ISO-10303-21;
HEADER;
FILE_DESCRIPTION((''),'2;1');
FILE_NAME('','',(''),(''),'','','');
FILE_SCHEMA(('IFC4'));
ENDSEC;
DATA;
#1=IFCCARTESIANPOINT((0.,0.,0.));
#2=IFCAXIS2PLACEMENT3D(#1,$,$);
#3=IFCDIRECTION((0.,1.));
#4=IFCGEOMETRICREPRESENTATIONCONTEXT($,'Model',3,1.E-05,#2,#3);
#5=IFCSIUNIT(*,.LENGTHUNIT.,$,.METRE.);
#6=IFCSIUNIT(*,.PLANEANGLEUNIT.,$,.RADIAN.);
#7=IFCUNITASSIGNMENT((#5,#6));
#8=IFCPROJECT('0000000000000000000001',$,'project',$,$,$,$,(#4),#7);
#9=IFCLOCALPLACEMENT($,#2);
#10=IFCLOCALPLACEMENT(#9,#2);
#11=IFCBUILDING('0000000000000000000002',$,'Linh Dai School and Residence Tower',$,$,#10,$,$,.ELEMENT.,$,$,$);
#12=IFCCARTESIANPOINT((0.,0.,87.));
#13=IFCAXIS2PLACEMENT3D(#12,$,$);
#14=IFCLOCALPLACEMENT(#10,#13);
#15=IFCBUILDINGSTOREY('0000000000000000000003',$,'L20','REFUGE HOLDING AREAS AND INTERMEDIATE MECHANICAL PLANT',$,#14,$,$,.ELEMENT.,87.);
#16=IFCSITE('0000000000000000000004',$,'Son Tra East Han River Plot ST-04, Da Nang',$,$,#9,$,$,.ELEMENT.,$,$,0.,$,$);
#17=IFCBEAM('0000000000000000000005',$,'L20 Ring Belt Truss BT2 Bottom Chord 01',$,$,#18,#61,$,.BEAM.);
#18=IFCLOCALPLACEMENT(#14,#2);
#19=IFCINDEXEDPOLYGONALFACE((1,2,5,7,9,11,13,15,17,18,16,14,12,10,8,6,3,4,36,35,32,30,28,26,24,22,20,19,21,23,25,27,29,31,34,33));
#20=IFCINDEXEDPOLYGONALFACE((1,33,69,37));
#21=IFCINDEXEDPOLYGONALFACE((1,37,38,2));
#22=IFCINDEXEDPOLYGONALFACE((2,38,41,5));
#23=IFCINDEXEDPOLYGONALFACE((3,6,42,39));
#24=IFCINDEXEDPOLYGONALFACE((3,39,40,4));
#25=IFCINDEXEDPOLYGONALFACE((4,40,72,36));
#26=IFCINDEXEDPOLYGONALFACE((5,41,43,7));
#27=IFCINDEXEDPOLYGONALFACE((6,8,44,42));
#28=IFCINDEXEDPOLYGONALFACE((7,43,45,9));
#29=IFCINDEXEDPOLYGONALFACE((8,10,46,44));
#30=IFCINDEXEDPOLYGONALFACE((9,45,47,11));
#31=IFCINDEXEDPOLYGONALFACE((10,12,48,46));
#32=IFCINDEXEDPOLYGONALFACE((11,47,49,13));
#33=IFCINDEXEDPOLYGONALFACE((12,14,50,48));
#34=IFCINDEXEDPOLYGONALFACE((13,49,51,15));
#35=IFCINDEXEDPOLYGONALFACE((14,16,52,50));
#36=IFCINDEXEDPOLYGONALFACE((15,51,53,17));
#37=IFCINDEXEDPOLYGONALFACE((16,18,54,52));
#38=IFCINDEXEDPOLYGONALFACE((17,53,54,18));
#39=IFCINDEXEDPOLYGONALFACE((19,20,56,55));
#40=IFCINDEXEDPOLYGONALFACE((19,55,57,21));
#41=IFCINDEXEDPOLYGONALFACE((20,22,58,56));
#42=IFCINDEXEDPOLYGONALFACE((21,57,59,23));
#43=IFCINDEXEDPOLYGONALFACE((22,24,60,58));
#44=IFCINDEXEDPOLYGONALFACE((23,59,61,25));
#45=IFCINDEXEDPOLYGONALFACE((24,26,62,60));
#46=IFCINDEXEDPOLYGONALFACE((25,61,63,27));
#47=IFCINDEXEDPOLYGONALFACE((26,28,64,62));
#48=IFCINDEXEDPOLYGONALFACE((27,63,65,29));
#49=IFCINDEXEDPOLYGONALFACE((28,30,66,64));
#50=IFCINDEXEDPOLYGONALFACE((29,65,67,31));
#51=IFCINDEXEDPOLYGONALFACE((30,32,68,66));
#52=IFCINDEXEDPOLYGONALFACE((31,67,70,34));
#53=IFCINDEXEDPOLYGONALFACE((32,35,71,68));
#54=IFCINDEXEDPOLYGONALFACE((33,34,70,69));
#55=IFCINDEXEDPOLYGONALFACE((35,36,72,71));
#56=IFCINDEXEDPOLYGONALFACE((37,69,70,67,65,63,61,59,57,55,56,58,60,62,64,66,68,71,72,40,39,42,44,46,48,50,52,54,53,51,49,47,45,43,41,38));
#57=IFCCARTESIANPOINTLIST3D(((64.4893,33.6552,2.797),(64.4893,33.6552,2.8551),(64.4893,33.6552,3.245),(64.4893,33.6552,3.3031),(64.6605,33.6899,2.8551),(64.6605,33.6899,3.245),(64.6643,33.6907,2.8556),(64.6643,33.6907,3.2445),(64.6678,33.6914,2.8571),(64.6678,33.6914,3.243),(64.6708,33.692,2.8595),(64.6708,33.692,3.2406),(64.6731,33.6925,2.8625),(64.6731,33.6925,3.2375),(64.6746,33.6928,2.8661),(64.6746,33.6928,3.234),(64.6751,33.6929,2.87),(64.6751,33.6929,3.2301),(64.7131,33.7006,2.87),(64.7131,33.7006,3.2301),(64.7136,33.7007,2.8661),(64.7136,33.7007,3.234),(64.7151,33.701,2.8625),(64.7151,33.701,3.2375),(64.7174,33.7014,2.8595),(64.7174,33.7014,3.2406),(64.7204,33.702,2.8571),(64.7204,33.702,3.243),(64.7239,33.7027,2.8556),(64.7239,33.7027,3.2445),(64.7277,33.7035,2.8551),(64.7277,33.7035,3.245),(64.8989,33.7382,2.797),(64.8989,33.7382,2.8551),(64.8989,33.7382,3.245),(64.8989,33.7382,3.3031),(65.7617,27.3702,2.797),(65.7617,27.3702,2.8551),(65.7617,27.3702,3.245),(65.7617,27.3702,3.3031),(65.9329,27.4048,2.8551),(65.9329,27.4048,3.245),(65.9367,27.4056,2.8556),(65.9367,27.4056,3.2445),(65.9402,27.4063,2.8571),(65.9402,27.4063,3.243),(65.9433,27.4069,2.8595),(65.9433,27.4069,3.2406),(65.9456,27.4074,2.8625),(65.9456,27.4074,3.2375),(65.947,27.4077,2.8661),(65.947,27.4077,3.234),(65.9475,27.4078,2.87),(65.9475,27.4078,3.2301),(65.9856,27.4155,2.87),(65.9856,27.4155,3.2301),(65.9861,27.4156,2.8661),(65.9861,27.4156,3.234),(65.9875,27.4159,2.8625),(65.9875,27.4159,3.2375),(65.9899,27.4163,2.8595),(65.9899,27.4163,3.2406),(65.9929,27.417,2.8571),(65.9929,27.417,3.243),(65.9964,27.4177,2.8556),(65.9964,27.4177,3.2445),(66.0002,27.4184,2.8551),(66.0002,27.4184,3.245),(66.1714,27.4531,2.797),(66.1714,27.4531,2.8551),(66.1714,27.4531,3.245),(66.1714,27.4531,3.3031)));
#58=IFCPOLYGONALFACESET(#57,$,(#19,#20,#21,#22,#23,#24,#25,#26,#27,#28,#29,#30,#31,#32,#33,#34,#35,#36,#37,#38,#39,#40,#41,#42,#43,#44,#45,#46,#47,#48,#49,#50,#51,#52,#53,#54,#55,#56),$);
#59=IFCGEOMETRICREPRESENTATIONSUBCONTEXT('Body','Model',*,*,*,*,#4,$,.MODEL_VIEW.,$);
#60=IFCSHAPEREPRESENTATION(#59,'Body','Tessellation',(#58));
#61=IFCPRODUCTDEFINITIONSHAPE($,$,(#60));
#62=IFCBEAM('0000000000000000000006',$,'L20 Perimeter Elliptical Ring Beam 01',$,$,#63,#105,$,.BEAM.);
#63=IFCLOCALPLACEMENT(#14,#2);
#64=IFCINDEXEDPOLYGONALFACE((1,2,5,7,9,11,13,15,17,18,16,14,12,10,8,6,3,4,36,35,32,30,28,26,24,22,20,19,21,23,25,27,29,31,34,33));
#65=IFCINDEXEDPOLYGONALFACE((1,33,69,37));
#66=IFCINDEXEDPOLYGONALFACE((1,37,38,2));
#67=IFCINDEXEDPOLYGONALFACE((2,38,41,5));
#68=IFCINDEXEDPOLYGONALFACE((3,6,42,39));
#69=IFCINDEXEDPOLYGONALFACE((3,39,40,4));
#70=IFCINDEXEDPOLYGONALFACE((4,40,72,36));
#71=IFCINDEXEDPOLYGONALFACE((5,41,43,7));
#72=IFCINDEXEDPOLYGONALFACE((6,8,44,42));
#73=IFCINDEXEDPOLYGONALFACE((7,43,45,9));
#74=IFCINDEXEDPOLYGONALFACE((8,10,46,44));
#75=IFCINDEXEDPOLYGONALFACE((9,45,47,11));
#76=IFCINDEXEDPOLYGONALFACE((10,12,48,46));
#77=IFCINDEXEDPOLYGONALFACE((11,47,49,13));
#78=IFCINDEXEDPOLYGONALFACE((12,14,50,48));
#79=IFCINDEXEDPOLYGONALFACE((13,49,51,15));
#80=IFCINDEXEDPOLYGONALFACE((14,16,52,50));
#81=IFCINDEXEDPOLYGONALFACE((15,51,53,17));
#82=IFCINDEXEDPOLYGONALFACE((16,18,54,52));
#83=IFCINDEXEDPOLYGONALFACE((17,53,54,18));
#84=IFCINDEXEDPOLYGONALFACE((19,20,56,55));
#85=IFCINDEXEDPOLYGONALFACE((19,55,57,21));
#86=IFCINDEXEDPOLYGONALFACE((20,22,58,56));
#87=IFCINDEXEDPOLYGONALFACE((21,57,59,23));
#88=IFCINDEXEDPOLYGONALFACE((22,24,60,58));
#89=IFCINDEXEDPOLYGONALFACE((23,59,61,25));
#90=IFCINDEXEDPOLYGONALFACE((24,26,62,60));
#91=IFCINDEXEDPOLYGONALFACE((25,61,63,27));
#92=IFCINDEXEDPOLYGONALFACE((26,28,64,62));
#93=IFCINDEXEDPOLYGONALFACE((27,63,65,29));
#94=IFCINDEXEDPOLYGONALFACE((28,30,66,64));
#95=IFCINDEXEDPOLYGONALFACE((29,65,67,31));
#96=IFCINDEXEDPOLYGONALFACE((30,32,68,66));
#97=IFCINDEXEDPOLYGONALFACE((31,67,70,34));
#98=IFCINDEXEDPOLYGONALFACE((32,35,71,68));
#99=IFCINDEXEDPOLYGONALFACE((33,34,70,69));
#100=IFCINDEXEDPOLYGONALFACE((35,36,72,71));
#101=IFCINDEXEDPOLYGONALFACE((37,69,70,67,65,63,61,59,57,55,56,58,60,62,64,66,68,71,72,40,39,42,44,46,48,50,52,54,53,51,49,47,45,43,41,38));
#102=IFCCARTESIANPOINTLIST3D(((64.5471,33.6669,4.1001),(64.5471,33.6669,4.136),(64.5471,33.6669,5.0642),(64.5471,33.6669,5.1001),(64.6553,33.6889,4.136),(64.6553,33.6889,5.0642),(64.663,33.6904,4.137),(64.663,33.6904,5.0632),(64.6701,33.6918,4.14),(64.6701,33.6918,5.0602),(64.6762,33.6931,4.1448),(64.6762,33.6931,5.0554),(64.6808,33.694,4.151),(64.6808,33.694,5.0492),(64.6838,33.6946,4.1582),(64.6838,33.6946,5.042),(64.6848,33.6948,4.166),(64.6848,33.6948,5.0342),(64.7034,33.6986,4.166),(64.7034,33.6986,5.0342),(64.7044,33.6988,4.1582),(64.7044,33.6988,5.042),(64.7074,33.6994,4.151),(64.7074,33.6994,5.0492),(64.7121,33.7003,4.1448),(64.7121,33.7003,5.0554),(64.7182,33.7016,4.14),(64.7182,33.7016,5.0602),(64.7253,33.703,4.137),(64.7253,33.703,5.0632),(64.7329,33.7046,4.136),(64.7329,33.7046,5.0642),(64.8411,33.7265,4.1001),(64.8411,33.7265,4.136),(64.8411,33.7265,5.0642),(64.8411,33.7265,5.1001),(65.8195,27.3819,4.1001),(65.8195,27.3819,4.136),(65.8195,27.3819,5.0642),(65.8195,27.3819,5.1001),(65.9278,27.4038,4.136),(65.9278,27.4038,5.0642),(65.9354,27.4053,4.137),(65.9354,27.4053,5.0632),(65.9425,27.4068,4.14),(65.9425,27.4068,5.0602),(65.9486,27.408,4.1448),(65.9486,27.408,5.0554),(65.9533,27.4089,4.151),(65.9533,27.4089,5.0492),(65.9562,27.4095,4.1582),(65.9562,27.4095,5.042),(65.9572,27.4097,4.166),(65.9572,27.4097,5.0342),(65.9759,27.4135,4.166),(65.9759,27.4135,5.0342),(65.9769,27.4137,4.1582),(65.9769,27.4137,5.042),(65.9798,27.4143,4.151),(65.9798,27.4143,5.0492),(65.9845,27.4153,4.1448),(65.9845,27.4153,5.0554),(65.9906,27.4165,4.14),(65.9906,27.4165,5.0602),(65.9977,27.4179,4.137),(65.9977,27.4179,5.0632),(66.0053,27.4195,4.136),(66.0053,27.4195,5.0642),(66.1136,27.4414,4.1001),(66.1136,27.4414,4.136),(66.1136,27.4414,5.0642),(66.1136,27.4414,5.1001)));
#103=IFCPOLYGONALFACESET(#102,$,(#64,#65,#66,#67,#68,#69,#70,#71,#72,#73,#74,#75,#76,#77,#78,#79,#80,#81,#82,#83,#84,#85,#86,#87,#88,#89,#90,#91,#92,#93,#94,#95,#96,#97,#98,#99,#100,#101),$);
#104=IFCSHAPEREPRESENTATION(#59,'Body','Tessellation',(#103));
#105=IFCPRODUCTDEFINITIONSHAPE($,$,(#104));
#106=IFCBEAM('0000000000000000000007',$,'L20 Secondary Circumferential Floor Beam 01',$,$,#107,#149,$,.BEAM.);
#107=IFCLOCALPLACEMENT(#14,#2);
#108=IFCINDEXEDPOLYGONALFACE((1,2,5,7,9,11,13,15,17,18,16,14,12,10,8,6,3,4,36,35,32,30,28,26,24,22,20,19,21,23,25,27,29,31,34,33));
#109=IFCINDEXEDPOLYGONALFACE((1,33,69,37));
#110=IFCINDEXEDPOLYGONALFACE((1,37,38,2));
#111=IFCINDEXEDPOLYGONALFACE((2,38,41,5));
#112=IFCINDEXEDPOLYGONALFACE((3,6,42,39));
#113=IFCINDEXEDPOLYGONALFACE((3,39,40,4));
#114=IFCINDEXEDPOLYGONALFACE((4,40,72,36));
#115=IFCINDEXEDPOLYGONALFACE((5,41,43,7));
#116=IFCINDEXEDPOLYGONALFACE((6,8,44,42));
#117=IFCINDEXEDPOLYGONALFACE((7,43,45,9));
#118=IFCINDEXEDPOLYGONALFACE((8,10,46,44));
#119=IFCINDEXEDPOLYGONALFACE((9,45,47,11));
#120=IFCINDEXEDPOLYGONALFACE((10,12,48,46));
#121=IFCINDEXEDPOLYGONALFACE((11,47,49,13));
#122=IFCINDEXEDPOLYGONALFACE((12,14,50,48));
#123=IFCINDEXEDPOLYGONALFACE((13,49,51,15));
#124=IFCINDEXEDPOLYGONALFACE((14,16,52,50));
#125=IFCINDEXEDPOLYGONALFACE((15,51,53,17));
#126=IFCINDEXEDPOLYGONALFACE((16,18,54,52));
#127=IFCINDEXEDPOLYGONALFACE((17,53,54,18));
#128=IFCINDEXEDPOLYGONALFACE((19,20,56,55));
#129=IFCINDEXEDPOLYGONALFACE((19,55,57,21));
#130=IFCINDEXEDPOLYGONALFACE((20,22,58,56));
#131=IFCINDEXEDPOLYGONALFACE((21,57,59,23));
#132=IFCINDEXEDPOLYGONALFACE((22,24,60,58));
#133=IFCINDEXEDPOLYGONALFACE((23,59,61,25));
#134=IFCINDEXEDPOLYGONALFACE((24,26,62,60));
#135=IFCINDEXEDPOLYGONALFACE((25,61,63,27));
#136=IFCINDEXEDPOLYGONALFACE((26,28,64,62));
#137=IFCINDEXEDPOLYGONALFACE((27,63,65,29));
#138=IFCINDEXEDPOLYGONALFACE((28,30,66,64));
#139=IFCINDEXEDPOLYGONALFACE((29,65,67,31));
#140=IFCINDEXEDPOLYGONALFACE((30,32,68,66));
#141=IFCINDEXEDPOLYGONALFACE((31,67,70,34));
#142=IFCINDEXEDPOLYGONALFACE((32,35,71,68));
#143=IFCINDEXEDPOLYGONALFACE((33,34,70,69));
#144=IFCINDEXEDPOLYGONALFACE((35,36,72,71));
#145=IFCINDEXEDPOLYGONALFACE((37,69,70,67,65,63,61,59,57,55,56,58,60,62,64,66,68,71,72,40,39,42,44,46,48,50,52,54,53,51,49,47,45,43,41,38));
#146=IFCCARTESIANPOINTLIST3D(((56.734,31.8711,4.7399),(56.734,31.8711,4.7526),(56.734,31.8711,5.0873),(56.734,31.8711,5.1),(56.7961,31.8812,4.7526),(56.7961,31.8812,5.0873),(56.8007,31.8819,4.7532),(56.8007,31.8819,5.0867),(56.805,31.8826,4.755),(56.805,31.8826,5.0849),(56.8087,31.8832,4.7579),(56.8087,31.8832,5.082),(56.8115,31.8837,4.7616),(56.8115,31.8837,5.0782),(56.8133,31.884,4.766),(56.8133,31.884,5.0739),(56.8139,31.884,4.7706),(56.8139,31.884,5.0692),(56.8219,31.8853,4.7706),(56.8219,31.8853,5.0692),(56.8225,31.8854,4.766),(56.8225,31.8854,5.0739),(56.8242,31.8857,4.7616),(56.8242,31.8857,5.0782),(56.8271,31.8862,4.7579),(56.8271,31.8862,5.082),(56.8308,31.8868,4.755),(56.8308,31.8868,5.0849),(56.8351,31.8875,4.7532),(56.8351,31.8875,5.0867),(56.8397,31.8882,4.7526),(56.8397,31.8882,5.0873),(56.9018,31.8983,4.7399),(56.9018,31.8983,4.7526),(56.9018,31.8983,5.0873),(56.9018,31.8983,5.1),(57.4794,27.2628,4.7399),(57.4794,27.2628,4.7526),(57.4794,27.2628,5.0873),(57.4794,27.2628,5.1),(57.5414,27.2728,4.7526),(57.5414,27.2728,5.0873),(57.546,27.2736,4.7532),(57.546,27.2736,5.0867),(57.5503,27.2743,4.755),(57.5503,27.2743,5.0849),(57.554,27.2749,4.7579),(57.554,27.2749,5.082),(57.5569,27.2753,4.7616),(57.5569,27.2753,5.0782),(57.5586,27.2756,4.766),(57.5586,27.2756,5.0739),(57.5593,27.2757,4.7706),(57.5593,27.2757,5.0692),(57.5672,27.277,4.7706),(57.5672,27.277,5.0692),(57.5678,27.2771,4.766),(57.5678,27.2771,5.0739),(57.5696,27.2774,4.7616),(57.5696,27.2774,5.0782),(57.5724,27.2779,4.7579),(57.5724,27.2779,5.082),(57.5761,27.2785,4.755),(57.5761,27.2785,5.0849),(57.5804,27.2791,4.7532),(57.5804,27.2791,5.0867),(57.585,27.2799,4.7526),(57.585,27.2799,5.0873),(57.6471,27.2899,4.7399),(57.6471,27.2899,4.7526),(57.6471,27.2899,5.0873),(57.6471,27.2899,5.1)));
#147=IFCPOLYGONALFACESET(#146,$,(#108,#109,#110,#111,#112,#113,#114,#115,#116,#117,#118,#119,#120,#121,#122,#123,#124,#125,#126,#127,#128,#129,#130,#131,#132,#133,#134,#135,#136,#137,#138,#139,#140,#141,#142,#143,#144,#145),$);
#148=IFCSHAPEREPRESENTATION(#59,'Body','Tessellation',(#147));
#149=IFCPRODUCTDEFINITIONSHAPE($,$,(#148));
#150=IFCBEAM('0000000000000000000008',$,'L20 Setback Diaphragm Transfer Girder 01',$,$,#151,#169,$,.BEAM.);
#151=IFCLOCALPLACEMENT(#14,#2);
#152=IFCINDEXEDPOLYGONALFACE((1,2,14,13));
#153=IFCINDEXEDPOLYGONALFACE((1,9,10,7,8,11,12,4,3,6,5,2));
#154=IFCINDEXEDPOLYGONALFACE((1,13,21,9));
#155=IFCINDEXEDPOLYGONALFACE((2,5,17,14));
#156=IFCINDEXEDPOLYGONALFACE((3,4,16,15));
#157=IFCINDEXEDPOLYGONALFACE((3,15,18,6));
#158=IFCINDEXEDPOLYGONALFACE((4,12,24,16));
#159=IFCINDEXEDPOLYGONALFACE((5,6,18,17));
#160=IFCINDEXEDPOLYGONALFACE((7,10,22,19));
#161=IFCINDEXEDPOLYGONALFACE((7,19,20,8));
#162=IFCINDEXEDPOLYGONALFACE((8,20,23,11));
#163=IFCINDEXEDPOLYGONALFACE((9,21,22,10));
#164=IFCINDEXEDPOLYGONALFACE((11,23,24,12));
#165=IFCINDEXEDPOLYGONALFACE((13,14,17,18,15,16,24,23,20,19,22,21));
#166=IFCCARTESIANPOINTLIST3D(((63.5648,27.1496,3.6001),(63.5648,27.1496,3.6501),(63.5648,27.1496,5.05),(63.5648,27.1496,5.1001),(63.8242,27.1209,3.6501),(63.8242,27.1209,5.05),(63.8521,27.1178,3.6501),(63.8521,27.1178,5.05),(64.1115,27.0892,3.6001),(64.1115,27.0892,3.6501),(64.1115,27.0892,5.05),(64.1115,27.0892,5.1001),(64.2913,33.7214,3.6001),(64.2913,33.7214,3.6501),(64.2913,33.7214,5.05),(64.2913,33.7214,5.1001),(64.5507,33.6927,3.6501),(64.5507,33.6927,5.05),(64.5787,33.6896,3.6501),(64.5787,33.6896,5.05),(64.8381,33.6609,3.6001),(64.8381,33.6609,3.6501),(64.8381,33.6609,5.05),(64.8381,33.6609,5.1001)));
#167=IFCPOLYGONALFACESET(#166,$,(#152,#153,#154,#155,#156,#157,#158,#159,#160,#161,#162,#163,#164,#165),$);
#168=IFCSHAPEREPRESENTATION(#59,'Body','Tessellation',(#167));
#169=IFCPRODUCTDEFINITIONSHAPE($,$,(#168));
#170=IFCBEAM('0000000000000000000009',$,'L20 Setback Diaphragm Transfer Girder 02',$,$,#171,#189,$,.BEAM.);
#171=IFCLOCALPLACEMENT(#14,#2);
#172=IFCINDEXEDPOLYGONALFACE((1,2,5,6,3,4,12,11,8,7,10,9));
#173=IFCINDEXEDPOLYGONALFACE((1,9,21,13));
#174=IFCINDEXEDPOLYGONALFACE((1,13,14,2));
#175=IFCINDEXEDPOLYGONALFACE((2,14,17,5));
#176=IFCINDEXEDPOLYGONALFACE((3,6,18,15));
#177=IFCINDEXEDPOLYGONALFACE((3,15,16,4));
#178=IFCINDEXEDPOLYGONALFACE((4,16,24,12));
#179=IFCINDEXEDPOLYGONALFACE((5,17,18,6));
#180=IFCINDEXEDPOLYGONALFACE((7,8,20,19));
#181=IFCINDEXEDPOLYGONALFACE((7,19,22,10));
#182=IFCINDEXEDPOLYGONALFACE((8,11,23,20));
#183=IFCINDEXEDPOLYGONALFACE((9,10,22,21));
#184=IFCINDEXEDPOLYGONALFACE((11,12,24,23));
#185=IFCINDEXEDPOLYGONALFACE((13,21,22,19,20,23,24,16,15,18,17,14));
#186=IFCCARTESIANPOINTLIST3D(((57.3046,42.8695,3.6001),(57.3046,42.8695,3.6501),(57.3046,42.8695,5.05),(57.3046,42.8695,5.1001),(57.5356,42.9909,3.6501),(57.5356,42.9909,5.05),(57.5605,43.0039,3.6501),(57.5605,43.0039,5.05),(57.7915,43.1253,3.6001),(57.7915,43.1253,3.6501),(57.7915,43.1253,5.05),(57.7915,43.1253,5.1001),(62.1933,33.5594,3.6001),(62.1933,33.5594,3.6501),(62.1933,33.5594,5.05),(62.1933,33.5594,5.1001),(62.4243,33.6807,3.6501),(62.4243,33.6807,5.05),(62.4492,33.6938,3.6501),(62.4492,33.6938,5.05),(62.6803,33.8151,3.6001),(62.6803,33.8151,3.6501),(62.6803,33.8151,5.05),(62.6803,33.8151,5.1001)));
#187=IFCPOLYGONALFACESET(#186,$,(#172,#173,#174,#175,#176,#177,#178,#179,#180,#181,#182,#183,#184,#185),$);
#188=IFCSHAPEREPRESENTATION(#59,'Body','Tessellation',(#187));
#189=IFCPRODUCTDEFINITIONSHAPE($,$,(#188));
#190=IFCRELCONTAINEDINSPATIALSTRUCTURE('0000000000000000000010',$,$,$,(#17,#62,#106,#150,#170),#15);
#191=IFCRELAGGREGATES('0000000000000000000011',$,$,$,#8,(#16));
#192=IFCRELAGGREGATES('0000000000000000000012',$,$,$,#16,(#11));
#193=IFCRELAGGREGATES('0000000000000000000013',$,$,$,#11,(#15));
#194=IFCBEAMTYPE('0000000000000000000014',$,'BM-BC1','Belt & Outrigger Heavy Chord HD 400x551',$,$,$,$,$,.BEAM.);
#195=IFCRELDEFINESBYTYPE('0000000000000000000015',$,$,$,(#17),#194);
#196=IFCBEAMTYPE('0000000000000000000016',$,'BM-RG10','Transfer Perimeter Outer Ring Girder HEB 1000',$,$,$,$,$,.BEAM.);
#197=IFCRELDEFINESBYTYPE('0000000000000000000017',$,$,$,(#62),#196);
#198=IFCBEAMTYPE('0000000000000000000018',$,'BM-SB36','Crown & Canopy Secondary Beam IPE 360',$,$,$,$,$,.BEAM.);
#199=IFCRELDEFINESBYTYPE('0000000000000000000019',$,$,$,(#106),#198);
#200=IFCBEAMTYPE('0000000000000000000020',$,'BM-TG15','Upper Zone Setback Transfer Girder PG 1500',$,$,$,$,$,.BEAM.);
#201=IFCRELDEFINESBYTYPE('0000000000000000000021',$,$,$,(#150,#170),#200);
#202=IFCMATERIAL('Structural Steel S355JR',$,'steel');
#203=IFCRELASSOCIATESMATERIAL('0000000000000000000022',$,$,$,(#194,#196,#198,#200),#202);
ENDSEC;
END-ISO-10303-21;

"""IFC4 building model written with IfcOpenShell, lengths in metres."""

from ifc_helpers import new_model, si_unit, direction, frame, origin, origin_2d, place, context, subcontext, project, spatial, i_section, extrude, material, material_profile, profile_set, type_object, element, save


model = new_model("IFC4")

# Units and contexts
model_context = context("Model", 3, precision=1e-05, world=origin(), true_north=direction((0.0, 1.0)))
body_context = subcontext(model_context, "Body", "Model", "MODEL_VIEW")
ifc_project = project(units=[si_unit("LENGTHUNIT", "METRE"), si_unit("PLANEANGLEUNIT", "RADIAN")], contexts=[model_context])

# Site, building, storey
site_placement = place(None, origin())
site = spatial("IfcSite", under=ifc_project, at=site_placement, Name="Son Tra East Han River Plot ST-04, Da Nang", CompositionType="ELEMENT", RefElevation=0.0)
building_placement = place(site_placement, origin())
building = spatial("IfcBuilding", under=site, at=building_placement, Name="Linh Dai School and Residence Tower", CompositionType="ELEMENT")
storey_placement = place(building_placement, frame((0.0, 0.0, 87.0)))
storey = spatial("IfcBuildingStorey", under=building, at=storey_placement, Name="L20", Description="REFUGE HOLDING AREAS AND INTERMEDIATE MECHANICAL PLANT", CompositionType="ELEMENT", Elevation=87.0)

# Shared definitions
ifc_material_1 = material(Name="Structural Steel S355JR", Category="steel")

# Beams
ifc_material_profile_1 = material_profile(ifc_material_1, i_section(OverallWidth=0.418, OverallDepth=0.5061, WebThickness=0.0388, FlangeThickness=0.0581, FilletRadius=0.0149, at=origin_2d()), Name="HD 400x551")
ifc_profile_set_1 = profile_set([ifc_material_profile_1], Name="Structural Steel S355JR")
beam_type_1 = type_object("IfcBeamType", Name="BM-BC1", Description="Belt & Outrigger Heavy Chord HD 400x551", PredefinedType="BEAM", material=ifc_profile_set_1)
beam_1_placement = place(storey_placement, frame((65.9666, 27.4116, 3.05), z_axis=(-0.198429, 0.980115, 0.0), x_axis=(-0.980115, -0.198429, 0.0)))
element("IfcBeam", 1, at=beam_1_placement, inside=storey, type_object=beam_type_1, Name="L20 Ring Belt Truss BT2 Bottom Chord 01", PredefinedType="BEAM", context=body_context, shape_type="SweptSolid", body=[
    extrude(i_section(OverallWidth=0.418, OverallDepth=0.5061, WebThickness=0.0388, FlangeThickness=0.0581, FilletRadius=0.0149, at=origin_2d()), origin(), (0.0, 0.0, 1.0), 6.4126),
])
ifc_material_profile_2 = material_profile(ifc_material_1, i_section(OverallWidth=0.3, OverallDepth=1.0, WebThickness=0.019, FlangeThickness=0.0359, FilletRadius=0.03, at=origin_2d()), Name="HEB 1000")
ifc_profile_set_2 = profile_set([ifc_material_profile_2], Name="Structural Steel S355JR")
beam_type_2 = type_object("IfcBeamType", Name="BM-RG10", Description="Transfer Perimeter Outer Ring Girder HEB 1000", PredefinedType="BEAM", material=ifc_profile_set_2)
beam_2_placement = place(storey_placement, frame((65.9666, 27.4116, 4.6001), z_axis=(-0.198429, 0.980115, 0.0), x_axis=(-0.980115, -0.198429, 0.0)))
element("IfcBeam", 2, at=beam_2_placement, inside=storey, type_object=beam_type_2, Name="L20 Perimeter Elliptical Ring Beam 01", PredefinedType="BEAM", context=body_context, shape_type="SweptSolid", body=[
    extrude(i_section(OverallWidth=0.3, OverallDepth=1.0, WebThickness=0.019, FlangeThickness=0.0359, FilletRadius=0.03, at=origin_2d()), origin(), (0.0, 0.0, 1.0), 6.4126),
])
ifc_material_profile_3 = material_profile(ifc_material_1, i_section(OverallWidth=0.1699, OverallDepth=0.3601, WebThickness=0.0081, FlangeThickness=0.0127, FilletRadius=0.0181, at=origin_2d()), Name="IPE 360")
ifc_profile_set_3 = profile_set([ifc_material_profile_3], Name="Structural Steel S355JR")
beam_type_3 = type_object("IfcBeamType", Name="BM-SB36", Description="Crown & Canopy Secondary Beam IPE 360", PredefinedType="BEAM", material=ifc_profile_set_3)
beam_3_placement = place(storey_placement, frame((57.5632, 27.2764, 4.9199), z_axis=(-0.159665, 0.987171, 0.0), x_axis=(-0.987171, -0.159665, 0.0)))
element("IfcBeam", 3, at=beam_3_placement, inside=storey, type_object=beam_type_3, Name="L20 Secondary Circumferential Floor Beam 01", PredefinedType="BEAM", context=body_context, shape_type="SweptSolid", body=[
    extrude(i_section(OverallWidth=0.1699, OverallDepth=0.3601, WebThickness=0.0081, FlangeThickness=0.0127, FilletRadius=0.0181, at=origin_2d()), origin(), (0.0, 0.0, 1.0), 4.6682),
])
ifc_material_profile_4 = material_profile(ifc_material_1, i_section(OverallWidth=0.55, OverallDepth=1.5, WebThickness=0.0281, FlangeThickness=0.05, at=origin_2d()), Name="PG 1500x550x28x50")
ifc_profile_set_4 = profile_set([ifc_material_profile_4], Name="Structural Steel S355JR")
beam_type_4 = type_object("IfcBeamType", Name="BM-TG15", Description="Upper Zone Setback Transfer Girder PG 1500", PredefinedType="BEAM", material=ifc_profile_set_4)
beam_4_placement = place(storey_placement, frame((63.8381, 27.1194, 4.3501), z_axis=(0.109888, 0.993944, 0.0), x_axis=(-0.993944, 0.109888, 0.0)))
element("IfcBeam", 4, at=beam_4_placement, inside=storey, type_object=beam_type_4, Name="L20 Setback Diaphragm Transfer Girder 01", PredefinedType="BEAM", context=body_context, shape_type="SweptSolid", body=[
    extrude(i_section(OverallWidth=0.55, OverallDepth=1.5, WebThickness=0.0281, FlangeThickness=0.05, at=origin_2d()), origin(), (0.0, 0.0, 1.0), 6.6118),
])
beam_5_placement = place(storey_placement, frame((62.4368, 33.6873, 4.3501), z_axis=(-0.4649, 0.885363, 0.0), x_axis=(-0.885363, -0.4649, 0.0)))
element("IfcBeam", 5, at=beam_5_placement, inside=storey, type_object=beam_type_4, Name="L20 Setback Diaphragm Transfer Girder 02", PredefinedType="BEAM", context=body_context, shape_type="SweptSolid", body=[
    extrude(i_section(OverallWidth=0.55, OverallDepth=1.5, WebThickness=0.0281, FlangeThickness=0.05, at=origin_2d()), origin(), (0.0, 0.0, 1.0), 10.5156),
])

save(model, "model.ifc")
